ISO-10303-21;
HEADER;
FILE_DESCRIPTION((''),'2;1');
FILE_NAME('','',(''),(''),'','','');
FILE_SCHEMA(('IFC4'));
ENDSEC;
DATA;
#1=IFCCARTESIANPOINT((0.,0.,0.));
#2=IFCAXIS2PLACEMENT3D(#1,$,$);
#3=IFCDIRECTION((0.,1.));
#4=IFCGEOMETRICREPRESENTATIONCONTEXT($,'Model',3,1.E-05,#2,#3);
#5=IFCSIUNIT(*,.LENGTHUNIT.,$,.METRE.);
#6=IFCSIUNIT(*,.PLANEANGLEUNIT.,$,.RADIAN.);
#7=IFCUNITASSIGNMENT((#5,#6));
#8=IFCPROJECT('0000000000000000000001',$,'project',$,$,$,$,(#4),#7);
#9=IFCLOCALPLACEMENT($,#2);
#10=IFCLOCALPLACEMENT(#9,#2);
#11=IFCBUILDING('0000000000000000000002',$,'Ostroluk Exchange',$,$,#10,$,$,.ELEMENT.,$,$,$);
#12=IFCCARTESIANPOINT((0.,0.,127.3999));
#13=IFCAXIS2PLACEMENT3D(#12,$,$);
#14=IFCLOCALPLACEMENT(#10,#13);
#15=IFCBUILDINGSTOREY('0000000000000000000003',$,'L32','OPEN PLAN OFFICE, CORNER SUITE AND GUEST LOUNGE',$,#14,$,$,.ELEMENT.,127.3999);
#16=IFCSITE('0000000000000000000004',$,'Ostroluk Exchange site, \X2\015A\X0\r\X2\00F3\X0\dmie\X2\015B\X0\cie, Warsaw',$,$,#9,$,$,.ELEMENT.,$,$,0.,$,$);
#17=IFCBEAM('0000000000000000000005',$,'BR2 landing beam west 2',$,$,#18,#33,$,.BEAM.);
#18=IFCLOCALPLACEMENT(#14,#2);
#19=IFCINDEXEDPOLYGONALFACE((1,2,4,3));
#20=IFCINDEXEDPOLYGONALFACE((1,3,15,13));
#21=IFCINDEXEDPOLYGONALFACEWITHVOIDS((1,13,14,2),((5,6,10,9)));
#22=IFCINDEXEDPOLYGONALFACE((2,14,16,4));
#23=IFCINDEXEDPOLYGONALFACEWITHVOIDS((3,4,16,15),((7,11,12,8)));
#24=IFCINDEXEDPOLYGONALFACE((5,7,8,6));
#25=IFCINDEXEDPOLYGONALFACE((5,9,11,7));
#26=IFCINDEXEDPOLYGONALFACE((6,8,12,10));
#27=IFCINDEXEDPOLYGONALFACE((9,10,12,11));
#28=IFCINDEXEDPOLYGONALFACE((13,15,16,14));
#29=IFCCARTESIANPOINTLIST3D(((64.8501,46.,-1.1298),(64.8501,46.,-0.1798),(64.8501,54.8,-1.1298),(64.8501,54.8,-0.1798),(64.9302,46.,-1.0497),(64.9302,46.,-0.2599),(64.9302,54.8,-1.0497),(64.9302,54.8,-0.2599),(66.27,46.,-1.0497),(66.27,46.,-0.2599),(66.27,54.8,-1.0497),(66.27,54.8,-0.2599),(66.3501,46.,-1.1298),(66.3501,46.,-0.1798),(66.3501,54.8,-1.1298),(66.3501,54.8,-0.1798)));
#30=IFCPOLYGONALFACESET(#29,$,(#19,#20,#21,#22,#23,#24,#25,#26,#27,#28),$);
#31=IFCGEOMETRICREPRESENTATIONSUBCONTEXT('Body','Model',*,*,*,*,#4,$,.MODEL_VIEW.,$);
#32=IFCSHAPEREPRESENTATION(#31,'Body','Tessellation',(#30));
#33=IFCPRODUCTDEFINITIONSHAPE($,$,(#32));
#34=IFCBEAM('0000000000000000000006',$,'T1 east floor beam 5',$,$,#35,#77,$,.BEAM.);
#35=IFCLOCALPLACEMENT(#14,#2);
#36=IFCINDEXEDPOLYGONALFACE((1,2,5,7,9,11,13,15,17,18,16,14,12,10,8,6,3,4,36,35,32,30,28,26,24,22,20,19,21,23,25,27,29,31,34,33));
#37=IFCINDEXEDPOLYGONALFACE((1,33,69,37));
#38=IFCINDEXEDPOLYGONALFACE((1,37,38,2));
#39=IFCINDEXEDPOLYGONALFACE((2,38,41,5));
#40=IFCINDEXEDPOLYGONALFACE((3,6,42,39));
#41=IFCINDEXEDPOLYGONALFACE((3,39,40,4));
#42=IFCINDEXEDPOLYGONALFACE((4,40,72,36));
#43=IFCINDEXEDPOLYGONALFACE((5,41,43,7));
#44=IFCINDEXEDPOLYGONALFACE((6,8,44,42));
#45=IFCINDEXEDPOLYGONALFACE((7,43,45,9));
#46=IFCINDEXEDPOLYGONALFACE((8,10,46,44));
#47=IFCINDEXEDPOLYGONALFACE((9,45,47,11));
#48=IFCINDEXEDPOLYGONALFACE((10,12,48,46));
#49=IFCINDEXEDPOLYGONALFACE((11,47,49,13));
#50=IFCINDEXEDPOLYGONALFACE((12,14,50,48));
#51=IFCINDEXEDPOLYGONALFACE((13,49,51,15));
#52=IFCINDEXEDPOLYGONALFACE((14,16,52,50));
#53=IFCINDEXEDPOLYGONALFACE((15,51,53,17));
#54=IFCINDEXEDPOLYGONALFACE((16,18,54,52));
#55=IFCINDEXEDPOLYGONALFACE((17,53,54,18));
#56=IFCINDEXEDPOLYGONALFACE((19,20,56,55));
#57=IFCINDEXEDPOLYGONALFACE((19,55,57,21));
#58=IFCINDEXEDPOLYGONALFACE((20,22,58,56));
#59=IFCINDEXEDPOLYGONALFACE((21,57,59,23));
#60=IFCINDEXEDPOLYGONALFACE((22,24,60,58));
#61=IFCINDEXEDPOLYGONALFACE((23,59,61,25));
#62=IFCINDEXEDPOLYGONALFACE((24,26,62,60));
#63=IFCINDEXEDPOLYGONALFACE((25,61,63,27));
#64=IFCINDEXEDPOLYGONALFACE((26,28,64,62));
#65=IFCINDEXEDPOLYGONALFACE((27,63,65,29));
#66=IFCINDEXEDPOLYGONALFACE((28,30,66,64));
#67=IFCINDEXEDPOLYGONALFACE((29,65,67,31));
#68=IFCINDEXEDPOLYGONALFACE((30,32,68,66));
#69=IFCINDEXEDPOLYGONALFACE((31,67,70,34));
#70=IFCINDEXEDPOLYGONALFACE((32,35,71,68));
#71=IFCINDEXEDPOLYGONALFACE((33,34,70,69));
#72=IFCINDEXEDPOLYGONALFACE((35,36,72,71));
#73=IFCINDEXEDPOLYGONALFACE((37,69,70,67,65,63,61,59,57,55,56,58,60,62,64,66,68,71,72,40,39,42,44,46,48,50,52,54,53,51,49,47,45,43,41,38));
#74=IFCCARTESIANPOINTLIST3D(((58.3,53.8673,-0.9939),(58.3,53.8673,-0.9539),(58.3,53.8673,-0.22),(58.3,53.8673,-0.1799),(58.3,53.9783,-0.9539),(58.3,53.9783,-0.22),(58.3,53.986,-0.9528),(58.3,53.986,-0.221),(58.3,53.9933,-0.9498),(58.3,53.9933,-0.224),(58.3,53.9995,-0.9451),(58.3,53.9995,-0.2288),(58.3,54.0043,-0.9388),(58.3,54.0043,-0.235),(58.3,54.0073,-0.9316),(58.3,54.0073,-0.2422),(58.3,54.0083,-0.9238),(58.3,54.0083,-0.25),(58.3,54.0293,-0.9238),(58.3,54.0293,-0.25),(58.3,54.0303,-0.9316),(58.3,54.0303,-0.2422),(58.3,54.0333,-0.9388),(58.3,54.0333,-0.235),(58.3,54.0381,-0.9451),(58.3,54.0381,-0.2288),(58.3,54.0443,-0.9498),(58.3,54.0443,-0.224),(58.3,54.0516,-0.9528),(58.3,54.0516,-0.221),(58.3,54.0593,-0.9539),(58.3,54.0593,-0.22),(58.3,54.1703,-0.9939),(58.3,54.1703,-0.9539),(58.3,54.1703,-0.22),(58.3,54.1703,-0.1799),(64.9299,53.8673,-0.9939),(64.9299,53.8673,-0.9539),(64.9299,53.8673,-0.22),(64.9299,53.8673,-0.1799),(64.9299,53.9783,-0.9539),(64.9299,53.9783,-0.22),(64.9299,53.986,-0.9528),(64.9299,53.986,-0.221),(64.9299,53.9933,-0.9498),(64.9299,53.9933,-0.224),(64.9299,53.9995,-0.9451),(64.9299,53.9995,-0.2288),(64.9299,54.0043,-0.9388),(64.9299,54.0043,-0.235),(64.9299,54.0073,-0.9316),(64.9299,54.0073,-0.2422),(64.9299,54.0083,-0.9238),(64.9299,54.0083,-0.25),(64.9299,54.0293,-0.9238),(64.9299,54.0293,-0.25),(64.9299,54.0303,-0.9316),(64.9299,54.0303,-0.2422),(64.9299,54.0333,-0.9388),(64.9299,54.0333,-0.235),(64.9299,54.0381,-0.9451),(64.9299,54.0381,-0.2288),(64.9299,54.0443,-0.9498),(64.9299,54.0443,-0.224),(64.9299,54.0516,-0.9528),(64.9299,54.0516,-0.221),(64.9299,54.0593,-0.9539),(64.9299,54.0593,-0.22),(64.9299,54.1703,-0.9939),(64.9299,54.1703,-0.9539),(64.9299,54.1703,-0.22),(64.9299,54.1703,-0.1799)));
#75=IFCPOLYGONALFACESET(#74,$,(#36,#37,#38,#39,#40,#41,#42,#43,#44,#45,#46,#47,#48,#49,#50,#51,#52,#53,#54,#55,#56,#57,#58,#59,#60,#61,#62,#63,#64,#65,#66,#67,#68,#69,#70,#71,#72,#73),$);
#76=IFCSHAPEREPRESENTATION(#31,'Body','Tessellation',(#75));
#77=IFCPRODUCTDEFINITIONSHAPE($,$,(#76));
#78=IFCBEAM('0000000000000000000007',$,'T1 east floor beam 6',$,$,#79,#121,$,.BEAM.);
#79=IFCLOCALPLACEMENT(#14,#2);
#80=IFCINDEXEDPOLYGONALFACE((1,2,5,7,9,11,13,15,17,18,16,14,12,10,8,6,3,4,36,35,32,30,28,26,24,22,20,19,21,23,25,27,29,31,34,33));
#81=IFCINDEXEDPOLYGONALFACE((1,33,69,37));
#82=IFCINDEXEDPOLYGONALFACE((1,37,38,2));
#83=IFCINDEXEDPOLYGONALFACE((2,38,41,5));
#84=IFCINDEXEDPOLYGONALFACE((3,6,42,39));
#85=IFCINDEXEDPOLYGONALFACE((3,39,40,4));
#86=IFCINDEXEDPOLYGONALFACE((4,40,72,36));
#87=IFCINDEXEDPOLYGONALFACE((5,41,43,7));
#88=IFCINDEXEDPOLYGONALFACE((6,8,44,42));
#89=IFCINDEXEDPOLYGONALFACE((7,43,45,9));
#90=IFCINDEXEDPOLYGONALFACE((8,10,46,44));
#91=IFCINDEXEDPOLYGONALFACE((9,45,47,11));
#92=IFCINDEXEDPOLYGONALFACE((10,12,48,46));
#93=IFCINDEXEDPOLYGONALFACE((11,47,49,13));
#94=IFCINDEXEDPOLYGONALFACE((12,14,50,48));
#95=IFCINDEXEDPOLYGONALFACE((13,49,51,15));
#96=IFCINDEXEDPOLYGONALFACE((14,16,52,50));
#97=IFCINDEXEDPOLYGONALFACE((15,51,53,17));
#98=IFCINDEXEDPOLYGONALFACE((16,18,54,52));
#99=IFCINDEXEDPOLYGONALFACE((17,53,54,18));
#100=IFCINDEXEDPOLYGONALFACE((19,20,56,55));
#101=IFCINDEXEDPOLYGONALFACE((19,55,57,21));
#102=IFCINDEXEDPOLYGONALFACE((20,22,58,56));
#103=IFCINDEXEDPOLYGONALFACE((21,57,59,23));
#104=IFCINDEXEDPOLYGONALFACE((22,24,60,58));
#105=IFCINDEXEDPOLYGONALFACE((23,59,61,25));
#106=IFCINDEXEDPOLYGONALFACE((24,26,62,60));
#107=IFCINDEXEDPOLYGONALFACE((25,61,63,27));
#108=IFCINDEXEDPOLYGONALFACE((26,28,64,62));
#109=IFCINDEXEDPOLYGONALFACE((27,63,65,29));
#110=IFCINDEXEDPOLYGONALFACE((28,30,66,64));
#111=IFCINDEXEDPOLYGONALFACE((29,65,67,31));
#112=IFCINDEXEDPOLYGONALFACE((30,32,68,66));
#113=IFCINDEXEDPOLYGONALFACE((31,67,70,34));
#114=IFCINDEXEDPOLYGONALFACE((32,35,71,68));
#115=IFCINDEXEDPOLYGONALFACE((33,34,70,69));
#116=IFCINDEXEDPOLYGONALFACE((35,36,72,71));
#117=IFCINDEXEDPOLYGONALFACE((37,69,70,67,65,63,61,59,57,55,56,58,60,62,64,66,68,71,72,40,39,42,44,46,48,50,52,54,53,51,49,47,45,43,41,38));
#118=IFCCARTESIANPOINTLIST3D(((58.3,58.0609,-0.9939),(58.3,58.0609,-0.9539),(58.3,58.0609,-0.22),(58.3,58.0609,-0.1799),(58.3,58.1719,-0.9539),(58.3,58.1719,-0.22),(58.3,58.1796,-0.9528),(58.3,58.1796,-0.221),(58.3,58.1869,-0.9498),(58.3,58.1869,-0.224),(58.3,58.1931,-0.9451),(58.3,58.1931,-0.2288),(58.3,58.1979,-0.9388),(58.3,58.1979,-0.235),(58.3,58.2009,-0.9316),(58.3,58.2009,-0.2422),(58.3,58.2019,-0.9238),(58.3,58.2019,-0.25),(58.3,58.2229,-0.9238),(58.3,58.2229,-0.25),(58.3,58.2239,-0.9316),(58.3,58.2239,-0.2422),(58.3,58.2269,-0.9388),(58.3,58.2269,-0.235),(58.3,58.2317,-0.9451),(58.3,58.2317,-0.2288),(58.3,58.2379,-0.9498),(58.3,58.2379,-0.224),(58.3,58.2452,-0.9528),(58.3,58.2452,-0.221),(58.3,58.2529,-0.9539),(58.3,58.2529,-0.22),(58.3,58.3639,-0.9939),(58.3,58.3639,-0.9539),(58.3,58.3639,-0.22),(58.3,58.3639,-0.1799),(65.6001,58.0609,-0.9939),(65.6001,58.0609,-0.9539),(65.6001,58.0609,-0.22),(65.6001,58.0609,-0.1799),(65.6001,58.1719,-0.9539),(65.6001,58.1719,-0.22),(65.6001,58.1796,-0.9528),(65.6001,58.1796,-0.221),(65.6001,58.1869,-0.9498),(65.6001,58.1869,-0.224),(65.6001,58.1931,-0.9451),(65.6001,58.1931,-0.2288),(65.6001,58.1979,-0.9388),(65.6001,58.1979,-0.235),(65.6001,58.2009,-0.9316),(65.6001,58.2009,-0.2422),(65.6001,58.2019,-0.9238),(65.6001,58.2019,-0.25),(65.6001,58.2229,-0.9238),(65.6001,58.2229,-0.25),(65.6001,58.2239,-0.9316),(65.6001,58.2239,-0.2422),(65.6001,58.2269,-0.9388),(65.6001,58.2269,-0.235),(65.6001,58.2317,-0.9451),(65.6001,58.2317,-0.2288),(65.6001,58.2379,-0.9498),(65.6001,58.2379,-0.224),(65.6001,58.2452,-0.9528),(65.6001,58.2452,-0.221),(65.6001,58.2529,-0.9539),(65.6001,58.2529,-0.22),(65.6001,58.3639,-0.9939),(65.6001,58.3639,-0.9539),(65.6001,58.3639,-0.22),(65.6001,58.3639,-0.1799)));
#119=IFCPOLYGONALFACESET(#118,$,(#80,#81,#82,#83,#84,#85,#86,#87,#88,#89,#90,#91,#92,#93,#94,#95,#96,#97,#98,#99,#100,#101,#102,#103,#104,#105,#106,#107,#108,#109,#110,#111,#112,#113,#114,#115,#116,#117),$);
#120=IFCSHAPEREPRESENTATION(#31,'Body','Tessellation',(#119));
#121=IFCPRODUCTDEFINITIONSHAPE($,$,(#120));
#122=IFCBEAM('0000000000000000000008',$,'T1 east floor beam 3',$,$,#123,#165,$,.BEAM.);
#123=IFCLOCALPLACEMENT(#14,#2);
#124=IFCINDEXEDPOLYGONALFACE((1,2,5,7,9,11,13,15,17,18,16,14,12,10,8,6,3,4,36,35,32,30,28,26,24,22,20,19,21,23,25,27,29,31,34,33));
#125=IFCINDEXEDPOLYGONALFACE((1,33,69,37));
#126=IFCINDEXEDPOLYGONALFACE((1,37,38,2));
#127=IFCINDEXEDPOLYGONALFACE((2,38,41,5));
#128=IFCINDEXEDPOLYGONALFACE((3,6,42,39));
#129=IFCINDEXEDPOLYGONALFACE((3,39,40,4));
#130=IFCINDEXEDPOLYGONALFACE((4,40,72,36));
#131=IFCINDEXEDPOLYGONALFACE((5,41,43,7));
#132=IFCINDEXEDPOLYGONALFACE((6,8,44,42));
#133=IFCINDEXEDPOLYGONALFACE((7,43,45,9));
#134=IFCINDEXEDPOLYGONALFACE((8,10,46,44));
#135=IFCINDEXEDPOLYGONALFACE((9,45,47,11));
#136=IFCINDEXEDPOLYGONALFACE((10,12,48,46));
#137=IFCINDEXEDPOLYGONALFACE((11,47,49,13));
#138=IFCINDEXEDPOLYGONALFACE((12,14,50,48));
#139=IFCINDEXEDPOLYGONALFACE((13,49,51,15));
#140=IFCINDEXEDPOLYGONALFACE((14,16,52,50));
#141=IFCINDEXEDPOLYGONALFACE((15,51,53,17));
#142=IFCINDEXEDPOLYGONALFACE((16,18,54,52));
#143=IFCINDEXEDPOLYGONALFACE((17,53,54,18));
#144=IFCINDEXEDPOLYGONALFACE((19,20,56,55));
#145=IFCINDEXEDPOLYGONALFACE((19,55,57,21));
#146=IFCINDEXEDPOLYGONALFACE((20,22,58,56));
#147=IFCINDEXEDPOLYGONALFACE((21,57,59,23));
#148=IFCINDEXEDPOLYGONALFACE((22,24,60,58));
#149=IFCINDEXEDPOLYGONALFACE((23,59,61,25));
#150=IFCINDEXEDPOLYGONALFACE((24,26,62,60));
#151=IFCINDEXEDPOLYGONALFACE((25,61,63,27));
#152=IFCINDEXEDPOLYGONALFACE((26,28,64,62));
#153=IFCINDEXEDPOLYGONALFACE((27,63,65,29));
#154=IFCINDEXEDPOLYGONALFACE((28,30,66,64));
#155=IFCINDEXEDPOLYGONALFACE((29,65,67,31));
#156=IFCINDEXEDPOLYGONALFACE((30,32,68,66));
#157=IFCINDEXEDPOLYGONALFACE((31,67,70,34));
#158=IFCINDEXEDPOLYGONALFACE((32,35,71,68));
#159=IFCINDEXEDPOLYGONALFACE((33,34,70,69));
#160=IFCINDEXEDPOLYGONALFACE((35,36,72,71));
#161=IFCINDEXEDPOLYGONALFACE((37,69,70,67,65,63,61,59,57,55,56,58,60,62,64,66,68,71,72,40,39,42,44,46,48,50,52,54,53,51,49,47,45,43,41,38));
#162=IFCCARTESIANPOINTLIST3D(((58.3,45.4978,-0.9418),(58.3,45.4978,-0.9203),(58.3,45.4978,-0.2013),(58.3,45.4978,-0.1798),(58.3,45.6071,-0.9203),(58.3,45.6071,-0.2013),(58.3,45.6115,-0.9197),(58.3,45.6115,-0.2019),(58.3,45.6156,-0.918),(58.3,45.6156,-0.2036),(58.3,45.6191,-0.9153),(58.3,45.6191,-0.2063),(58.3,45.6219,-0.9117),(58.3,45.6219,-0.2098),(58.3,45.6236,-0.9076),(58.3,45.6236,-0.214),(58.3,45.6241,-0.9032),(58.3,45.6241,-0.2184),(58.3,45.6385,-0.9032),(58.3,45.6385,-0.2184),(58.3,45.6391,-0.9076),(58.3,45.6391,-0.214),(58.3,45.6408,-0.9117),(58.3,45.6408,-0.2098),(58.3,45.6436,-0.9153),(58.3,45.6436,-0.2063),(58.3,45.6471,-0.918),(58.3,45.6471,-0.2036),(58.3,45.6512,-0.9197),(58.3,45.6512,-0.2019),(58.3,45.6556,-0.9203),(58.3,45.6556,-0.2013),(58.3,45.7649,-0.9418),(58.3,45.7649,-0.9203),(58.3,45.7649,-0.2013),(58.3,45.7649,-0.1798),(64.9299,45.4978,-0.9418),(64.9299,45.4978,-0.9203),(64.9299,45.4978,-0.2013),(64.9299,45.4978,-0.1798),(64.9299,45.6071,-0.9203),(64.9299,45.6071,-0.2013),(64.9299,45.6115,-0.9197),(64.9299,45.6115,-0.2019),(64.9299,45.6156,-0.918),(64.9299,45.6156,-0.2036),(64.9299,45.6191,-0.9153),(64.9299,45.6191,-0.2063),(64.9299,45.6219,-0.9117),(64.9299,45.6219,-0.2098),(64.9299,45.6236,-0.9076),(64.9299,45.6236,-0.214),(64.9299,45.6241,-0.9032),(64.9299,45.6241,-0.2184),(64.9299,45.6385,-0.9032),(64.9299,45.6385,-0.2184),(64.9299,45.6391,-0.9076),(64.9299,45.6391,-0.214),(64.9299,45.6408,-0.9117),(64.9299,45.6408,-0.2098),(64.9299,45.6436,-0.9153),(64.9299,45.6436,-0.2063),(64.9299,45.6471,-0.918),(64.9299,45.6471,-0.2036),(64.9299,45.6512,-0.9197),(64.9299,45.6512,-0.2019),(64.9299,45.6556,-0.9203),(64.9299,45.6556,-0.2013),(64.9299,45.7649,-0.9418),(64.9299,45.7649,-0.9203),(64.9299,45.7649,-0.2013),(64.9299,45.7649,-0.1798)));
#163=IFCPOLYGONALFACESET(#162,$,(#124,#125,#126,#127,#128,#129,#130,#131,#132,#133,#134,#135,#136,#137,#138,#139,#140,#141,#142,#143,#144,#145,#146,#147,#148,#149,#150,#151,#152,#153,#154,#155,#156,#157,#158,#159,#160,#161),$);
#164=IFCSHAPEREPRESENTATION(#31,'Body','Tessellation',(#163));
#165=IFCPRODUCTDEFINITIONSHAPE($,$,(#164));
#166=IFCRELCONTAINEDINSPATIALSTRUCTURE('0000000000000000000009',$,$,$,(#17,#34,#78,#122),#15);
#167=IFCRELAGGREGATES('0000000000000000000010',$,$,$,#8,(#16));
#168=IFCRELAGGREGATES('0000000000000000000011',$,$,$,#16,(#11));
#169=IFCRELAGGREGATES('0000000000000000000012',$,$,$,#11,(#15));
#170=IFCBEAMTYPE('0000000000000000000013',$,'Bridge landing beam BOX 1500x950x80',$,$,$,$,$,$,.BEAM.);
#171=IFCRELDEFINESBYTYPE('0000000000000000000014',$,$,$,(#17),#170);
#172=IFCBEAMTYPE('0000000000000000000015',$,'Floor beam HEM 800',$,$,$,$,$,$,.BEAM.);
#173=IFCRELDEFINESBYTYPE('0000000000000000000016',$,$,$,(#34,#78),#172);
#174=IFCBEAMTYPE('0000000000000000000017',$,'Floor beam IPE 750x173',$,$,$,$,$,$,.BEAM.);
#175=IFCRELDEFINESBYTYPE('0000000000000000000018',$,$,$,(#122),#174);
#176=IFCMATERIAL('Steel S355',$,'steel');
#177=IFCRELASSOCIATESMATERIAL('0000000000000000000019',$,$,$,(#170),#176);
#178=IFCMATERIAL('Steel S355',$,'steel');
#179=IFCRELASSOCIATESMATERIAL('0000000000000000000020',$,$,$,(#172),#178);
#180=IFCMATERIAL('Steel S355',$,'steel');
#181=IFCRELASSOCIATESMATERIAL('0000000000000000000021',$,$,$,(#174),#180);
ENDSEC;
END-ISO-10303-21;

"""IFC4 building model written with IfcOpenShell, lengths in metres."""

from ifc_helpers import new_model, si_unit, direction, frame, origin, origin_2d, place, context, subcontext, project, spatial, hollow_rectangle, i_section, extrude, material, material_profile, profile_set, type_object, element, save


model = new_model("IFC4")

# Units and contexts
model_context = context("Model", 3, precision=1e-05, world=origin(), true_north=direction((0.0, 1.0)))
body_context = subcontext(model_context, "Body", "Model", "MODEL_VIEW")
ifc_project = project(units=[si_unit("LENGTHUNIT", "METRE"), si_unit("PLANEANGLEUNIT", "RADIAN")], contexts=[model_context])

# Site, building, storey
site_placement = place(None, origin())
site = spatial("IfcSite", under=ifc_project, at=site_placement, Name="Ostroluk Exchange site, Śródmieście, Warsaw", CompositionType="ELEMENT", RefElevation=0.0)
building_placement = place(site_placement, origin())
building = spatial("IfcBuilding", under=site, at=building_placement, Name="Ostroluk Exchange", CompositionType="ELEMENT")
storey_placement = place(building_placement, frame((0.0, 0.0, 127.3999)))
storey = spatial("IfcBuildingStorey", under=building, at=storey_placement, Name="L32", Description="OPEN PLAN OFFICE, CORNER SUITE AND GUEST LOUNGE", CompositionType="ELEMENT", Elevation=127.3999)

# Beams
ifc_material_1 = material(Name="Steel S355", Category="steel")
ifc_material_profile_1 = material_profile(ifc_material_1, hollow_rectangle(XDim=1.5, YDim=0.95, WallThickness=0.0801, at=origin_2d()), Name="BOX 1500x950x80")
ifc_profile_set_1 = profile_set([ifc_material_profile_1], Name="Steel S355")
beam_type_1 = type_object("IfcBeamType", Name="Bridge landing beam BOX 1500x950x80", PredefinedType="BEAM", material=ifc_profile_set_1)
beam_1_placement = place(storey_placement, frame((65.6001, 46.0, -0.6548), z_axis=(0.0, 1.0, 0.0), x_axis=(-1.0, 0.0, 0.0)))
element("IfcBeam", 1, at=beam_1_placement, inside=storey, type_object=beam_type_1, Name="BR2 landing beam west 2", PredefinedType="BEAM", context=body_context, shape_type="SweptSolid", body=[
    extrude(hollow_rectangle(XDim=1.5, YDim=0.95, WallThickness=0.0801, at=origin_2d()), origin(), (0.0, 0.0, 1.0), 8.8),
])
ifc_material_2 = material(Name="Steel S355", Category="steel")
ifc_material_profile_2 = material_profile(ifc_material_2, i_section(OverallWidth=0.303, OverallDepth=0.814, WebThickness=0.021, FlangeThickness=0.04, FilletRadius=0.03, at=origin_2d()), Name="HEM 800")
ifc_profile_set_2 = profile_set([ifc_material_profile_2], Name="Steel S355")
beam_type_2 = type_object("IfcBeamType", Name="Floor beam HEM 800", PredefinedType="BEAM", material=ifc_profile_set_2)
beam_2_placement = place(storey_placement, frame((58.3, 54.0188, -0.5869), z_axis=(1.0, 0.0, 0.0), x_axis=(0.0, 1.0, 0.0)))
element("IfcBeam", 2, at=beam_2_placement, inside=storey, type_object=beam_type_2, Name="T1 east floor beam 5", PredefinedType="BEAM", context=body_context, shape_type="SweptSolid", body=[
    extrude(i_section(OverallWidth=0.303, OverallDepth=0.814, WebThickness=0.021, FlangeThickness=0.04, FilletRadius=0.03, at=origin_2d()), origin(), (0.0, 0.0, 1.0), 6.6299),
])
beam_3_placement = place(storey_placement, frame((58.3, 58.2124, -0.5869), z_axis=(1.0, 0.0, 0.0), x_axis=(0.0, 1.0, 0.0)))
element("IfcBeam", 3, at=beam_3_placement, inside=storey, type_object=beam_type_2, Name="T1 east floor beam 6", PredefinedType="BEAM", context=body_context, shape_type="SweptSolid", body=[
    extrude(i_section(OverallWidth=0.303, OverallDepth=0.814, WebThickness=0.021, FlangeThickness=0.04, FilletRadius=0.03, at=origin_2d()), origin(), (0.0, 0.0, 1.0), 7.3),
])
ifc_material_3 = material(Name="Steel S355", Category="steel")
ifc_material_profile_3 = material_profile(ifc_material_3, i_section(OverallWidth=0.2671, OverallDepth=0.762, WebThickness=0.0144, FlangeThickness=0.0215, FilletRadius=0.0171, at=origin_2d()), Name="IPE 750x173")
ifc_profile_set_3 = profile_set([ifc_material_profile_3], Name="Steel S355")
beam_type_3 = type_object("IfcBeamType", Name="Floor beam IPE 750x173", PredefinedType="BEAM", material=ifc_profile_set_3)
for number, where, z_axis, x_axis, name in (
    (4, (58.3, 45.6313, -0.5608), (1.0, 0.0, 0.0), (0.0, 1.0, 0.0), "T1 east floor beam 3"),
):
    element("IfcBeam", number, at=place(storey_placement, frame(where, z_axis=z_axis, x_axis=x_axis)), inside=storey, type_object=beam_type_3, Name=name, PredefinedType="BEAM", context=body_context, shape_type="SweptSolid", body=[
        extrude(i_section(OverallWidth=0.2671, OverallDepth=0.762, WebThickness=0.0144, FlangeThickness=0.0215, FilletRadius=0.0171, at=origin_2d()), origin(), (0.0, 0.0, 1.0), 6.6299),
    ])

save(model, "model.ifc")
